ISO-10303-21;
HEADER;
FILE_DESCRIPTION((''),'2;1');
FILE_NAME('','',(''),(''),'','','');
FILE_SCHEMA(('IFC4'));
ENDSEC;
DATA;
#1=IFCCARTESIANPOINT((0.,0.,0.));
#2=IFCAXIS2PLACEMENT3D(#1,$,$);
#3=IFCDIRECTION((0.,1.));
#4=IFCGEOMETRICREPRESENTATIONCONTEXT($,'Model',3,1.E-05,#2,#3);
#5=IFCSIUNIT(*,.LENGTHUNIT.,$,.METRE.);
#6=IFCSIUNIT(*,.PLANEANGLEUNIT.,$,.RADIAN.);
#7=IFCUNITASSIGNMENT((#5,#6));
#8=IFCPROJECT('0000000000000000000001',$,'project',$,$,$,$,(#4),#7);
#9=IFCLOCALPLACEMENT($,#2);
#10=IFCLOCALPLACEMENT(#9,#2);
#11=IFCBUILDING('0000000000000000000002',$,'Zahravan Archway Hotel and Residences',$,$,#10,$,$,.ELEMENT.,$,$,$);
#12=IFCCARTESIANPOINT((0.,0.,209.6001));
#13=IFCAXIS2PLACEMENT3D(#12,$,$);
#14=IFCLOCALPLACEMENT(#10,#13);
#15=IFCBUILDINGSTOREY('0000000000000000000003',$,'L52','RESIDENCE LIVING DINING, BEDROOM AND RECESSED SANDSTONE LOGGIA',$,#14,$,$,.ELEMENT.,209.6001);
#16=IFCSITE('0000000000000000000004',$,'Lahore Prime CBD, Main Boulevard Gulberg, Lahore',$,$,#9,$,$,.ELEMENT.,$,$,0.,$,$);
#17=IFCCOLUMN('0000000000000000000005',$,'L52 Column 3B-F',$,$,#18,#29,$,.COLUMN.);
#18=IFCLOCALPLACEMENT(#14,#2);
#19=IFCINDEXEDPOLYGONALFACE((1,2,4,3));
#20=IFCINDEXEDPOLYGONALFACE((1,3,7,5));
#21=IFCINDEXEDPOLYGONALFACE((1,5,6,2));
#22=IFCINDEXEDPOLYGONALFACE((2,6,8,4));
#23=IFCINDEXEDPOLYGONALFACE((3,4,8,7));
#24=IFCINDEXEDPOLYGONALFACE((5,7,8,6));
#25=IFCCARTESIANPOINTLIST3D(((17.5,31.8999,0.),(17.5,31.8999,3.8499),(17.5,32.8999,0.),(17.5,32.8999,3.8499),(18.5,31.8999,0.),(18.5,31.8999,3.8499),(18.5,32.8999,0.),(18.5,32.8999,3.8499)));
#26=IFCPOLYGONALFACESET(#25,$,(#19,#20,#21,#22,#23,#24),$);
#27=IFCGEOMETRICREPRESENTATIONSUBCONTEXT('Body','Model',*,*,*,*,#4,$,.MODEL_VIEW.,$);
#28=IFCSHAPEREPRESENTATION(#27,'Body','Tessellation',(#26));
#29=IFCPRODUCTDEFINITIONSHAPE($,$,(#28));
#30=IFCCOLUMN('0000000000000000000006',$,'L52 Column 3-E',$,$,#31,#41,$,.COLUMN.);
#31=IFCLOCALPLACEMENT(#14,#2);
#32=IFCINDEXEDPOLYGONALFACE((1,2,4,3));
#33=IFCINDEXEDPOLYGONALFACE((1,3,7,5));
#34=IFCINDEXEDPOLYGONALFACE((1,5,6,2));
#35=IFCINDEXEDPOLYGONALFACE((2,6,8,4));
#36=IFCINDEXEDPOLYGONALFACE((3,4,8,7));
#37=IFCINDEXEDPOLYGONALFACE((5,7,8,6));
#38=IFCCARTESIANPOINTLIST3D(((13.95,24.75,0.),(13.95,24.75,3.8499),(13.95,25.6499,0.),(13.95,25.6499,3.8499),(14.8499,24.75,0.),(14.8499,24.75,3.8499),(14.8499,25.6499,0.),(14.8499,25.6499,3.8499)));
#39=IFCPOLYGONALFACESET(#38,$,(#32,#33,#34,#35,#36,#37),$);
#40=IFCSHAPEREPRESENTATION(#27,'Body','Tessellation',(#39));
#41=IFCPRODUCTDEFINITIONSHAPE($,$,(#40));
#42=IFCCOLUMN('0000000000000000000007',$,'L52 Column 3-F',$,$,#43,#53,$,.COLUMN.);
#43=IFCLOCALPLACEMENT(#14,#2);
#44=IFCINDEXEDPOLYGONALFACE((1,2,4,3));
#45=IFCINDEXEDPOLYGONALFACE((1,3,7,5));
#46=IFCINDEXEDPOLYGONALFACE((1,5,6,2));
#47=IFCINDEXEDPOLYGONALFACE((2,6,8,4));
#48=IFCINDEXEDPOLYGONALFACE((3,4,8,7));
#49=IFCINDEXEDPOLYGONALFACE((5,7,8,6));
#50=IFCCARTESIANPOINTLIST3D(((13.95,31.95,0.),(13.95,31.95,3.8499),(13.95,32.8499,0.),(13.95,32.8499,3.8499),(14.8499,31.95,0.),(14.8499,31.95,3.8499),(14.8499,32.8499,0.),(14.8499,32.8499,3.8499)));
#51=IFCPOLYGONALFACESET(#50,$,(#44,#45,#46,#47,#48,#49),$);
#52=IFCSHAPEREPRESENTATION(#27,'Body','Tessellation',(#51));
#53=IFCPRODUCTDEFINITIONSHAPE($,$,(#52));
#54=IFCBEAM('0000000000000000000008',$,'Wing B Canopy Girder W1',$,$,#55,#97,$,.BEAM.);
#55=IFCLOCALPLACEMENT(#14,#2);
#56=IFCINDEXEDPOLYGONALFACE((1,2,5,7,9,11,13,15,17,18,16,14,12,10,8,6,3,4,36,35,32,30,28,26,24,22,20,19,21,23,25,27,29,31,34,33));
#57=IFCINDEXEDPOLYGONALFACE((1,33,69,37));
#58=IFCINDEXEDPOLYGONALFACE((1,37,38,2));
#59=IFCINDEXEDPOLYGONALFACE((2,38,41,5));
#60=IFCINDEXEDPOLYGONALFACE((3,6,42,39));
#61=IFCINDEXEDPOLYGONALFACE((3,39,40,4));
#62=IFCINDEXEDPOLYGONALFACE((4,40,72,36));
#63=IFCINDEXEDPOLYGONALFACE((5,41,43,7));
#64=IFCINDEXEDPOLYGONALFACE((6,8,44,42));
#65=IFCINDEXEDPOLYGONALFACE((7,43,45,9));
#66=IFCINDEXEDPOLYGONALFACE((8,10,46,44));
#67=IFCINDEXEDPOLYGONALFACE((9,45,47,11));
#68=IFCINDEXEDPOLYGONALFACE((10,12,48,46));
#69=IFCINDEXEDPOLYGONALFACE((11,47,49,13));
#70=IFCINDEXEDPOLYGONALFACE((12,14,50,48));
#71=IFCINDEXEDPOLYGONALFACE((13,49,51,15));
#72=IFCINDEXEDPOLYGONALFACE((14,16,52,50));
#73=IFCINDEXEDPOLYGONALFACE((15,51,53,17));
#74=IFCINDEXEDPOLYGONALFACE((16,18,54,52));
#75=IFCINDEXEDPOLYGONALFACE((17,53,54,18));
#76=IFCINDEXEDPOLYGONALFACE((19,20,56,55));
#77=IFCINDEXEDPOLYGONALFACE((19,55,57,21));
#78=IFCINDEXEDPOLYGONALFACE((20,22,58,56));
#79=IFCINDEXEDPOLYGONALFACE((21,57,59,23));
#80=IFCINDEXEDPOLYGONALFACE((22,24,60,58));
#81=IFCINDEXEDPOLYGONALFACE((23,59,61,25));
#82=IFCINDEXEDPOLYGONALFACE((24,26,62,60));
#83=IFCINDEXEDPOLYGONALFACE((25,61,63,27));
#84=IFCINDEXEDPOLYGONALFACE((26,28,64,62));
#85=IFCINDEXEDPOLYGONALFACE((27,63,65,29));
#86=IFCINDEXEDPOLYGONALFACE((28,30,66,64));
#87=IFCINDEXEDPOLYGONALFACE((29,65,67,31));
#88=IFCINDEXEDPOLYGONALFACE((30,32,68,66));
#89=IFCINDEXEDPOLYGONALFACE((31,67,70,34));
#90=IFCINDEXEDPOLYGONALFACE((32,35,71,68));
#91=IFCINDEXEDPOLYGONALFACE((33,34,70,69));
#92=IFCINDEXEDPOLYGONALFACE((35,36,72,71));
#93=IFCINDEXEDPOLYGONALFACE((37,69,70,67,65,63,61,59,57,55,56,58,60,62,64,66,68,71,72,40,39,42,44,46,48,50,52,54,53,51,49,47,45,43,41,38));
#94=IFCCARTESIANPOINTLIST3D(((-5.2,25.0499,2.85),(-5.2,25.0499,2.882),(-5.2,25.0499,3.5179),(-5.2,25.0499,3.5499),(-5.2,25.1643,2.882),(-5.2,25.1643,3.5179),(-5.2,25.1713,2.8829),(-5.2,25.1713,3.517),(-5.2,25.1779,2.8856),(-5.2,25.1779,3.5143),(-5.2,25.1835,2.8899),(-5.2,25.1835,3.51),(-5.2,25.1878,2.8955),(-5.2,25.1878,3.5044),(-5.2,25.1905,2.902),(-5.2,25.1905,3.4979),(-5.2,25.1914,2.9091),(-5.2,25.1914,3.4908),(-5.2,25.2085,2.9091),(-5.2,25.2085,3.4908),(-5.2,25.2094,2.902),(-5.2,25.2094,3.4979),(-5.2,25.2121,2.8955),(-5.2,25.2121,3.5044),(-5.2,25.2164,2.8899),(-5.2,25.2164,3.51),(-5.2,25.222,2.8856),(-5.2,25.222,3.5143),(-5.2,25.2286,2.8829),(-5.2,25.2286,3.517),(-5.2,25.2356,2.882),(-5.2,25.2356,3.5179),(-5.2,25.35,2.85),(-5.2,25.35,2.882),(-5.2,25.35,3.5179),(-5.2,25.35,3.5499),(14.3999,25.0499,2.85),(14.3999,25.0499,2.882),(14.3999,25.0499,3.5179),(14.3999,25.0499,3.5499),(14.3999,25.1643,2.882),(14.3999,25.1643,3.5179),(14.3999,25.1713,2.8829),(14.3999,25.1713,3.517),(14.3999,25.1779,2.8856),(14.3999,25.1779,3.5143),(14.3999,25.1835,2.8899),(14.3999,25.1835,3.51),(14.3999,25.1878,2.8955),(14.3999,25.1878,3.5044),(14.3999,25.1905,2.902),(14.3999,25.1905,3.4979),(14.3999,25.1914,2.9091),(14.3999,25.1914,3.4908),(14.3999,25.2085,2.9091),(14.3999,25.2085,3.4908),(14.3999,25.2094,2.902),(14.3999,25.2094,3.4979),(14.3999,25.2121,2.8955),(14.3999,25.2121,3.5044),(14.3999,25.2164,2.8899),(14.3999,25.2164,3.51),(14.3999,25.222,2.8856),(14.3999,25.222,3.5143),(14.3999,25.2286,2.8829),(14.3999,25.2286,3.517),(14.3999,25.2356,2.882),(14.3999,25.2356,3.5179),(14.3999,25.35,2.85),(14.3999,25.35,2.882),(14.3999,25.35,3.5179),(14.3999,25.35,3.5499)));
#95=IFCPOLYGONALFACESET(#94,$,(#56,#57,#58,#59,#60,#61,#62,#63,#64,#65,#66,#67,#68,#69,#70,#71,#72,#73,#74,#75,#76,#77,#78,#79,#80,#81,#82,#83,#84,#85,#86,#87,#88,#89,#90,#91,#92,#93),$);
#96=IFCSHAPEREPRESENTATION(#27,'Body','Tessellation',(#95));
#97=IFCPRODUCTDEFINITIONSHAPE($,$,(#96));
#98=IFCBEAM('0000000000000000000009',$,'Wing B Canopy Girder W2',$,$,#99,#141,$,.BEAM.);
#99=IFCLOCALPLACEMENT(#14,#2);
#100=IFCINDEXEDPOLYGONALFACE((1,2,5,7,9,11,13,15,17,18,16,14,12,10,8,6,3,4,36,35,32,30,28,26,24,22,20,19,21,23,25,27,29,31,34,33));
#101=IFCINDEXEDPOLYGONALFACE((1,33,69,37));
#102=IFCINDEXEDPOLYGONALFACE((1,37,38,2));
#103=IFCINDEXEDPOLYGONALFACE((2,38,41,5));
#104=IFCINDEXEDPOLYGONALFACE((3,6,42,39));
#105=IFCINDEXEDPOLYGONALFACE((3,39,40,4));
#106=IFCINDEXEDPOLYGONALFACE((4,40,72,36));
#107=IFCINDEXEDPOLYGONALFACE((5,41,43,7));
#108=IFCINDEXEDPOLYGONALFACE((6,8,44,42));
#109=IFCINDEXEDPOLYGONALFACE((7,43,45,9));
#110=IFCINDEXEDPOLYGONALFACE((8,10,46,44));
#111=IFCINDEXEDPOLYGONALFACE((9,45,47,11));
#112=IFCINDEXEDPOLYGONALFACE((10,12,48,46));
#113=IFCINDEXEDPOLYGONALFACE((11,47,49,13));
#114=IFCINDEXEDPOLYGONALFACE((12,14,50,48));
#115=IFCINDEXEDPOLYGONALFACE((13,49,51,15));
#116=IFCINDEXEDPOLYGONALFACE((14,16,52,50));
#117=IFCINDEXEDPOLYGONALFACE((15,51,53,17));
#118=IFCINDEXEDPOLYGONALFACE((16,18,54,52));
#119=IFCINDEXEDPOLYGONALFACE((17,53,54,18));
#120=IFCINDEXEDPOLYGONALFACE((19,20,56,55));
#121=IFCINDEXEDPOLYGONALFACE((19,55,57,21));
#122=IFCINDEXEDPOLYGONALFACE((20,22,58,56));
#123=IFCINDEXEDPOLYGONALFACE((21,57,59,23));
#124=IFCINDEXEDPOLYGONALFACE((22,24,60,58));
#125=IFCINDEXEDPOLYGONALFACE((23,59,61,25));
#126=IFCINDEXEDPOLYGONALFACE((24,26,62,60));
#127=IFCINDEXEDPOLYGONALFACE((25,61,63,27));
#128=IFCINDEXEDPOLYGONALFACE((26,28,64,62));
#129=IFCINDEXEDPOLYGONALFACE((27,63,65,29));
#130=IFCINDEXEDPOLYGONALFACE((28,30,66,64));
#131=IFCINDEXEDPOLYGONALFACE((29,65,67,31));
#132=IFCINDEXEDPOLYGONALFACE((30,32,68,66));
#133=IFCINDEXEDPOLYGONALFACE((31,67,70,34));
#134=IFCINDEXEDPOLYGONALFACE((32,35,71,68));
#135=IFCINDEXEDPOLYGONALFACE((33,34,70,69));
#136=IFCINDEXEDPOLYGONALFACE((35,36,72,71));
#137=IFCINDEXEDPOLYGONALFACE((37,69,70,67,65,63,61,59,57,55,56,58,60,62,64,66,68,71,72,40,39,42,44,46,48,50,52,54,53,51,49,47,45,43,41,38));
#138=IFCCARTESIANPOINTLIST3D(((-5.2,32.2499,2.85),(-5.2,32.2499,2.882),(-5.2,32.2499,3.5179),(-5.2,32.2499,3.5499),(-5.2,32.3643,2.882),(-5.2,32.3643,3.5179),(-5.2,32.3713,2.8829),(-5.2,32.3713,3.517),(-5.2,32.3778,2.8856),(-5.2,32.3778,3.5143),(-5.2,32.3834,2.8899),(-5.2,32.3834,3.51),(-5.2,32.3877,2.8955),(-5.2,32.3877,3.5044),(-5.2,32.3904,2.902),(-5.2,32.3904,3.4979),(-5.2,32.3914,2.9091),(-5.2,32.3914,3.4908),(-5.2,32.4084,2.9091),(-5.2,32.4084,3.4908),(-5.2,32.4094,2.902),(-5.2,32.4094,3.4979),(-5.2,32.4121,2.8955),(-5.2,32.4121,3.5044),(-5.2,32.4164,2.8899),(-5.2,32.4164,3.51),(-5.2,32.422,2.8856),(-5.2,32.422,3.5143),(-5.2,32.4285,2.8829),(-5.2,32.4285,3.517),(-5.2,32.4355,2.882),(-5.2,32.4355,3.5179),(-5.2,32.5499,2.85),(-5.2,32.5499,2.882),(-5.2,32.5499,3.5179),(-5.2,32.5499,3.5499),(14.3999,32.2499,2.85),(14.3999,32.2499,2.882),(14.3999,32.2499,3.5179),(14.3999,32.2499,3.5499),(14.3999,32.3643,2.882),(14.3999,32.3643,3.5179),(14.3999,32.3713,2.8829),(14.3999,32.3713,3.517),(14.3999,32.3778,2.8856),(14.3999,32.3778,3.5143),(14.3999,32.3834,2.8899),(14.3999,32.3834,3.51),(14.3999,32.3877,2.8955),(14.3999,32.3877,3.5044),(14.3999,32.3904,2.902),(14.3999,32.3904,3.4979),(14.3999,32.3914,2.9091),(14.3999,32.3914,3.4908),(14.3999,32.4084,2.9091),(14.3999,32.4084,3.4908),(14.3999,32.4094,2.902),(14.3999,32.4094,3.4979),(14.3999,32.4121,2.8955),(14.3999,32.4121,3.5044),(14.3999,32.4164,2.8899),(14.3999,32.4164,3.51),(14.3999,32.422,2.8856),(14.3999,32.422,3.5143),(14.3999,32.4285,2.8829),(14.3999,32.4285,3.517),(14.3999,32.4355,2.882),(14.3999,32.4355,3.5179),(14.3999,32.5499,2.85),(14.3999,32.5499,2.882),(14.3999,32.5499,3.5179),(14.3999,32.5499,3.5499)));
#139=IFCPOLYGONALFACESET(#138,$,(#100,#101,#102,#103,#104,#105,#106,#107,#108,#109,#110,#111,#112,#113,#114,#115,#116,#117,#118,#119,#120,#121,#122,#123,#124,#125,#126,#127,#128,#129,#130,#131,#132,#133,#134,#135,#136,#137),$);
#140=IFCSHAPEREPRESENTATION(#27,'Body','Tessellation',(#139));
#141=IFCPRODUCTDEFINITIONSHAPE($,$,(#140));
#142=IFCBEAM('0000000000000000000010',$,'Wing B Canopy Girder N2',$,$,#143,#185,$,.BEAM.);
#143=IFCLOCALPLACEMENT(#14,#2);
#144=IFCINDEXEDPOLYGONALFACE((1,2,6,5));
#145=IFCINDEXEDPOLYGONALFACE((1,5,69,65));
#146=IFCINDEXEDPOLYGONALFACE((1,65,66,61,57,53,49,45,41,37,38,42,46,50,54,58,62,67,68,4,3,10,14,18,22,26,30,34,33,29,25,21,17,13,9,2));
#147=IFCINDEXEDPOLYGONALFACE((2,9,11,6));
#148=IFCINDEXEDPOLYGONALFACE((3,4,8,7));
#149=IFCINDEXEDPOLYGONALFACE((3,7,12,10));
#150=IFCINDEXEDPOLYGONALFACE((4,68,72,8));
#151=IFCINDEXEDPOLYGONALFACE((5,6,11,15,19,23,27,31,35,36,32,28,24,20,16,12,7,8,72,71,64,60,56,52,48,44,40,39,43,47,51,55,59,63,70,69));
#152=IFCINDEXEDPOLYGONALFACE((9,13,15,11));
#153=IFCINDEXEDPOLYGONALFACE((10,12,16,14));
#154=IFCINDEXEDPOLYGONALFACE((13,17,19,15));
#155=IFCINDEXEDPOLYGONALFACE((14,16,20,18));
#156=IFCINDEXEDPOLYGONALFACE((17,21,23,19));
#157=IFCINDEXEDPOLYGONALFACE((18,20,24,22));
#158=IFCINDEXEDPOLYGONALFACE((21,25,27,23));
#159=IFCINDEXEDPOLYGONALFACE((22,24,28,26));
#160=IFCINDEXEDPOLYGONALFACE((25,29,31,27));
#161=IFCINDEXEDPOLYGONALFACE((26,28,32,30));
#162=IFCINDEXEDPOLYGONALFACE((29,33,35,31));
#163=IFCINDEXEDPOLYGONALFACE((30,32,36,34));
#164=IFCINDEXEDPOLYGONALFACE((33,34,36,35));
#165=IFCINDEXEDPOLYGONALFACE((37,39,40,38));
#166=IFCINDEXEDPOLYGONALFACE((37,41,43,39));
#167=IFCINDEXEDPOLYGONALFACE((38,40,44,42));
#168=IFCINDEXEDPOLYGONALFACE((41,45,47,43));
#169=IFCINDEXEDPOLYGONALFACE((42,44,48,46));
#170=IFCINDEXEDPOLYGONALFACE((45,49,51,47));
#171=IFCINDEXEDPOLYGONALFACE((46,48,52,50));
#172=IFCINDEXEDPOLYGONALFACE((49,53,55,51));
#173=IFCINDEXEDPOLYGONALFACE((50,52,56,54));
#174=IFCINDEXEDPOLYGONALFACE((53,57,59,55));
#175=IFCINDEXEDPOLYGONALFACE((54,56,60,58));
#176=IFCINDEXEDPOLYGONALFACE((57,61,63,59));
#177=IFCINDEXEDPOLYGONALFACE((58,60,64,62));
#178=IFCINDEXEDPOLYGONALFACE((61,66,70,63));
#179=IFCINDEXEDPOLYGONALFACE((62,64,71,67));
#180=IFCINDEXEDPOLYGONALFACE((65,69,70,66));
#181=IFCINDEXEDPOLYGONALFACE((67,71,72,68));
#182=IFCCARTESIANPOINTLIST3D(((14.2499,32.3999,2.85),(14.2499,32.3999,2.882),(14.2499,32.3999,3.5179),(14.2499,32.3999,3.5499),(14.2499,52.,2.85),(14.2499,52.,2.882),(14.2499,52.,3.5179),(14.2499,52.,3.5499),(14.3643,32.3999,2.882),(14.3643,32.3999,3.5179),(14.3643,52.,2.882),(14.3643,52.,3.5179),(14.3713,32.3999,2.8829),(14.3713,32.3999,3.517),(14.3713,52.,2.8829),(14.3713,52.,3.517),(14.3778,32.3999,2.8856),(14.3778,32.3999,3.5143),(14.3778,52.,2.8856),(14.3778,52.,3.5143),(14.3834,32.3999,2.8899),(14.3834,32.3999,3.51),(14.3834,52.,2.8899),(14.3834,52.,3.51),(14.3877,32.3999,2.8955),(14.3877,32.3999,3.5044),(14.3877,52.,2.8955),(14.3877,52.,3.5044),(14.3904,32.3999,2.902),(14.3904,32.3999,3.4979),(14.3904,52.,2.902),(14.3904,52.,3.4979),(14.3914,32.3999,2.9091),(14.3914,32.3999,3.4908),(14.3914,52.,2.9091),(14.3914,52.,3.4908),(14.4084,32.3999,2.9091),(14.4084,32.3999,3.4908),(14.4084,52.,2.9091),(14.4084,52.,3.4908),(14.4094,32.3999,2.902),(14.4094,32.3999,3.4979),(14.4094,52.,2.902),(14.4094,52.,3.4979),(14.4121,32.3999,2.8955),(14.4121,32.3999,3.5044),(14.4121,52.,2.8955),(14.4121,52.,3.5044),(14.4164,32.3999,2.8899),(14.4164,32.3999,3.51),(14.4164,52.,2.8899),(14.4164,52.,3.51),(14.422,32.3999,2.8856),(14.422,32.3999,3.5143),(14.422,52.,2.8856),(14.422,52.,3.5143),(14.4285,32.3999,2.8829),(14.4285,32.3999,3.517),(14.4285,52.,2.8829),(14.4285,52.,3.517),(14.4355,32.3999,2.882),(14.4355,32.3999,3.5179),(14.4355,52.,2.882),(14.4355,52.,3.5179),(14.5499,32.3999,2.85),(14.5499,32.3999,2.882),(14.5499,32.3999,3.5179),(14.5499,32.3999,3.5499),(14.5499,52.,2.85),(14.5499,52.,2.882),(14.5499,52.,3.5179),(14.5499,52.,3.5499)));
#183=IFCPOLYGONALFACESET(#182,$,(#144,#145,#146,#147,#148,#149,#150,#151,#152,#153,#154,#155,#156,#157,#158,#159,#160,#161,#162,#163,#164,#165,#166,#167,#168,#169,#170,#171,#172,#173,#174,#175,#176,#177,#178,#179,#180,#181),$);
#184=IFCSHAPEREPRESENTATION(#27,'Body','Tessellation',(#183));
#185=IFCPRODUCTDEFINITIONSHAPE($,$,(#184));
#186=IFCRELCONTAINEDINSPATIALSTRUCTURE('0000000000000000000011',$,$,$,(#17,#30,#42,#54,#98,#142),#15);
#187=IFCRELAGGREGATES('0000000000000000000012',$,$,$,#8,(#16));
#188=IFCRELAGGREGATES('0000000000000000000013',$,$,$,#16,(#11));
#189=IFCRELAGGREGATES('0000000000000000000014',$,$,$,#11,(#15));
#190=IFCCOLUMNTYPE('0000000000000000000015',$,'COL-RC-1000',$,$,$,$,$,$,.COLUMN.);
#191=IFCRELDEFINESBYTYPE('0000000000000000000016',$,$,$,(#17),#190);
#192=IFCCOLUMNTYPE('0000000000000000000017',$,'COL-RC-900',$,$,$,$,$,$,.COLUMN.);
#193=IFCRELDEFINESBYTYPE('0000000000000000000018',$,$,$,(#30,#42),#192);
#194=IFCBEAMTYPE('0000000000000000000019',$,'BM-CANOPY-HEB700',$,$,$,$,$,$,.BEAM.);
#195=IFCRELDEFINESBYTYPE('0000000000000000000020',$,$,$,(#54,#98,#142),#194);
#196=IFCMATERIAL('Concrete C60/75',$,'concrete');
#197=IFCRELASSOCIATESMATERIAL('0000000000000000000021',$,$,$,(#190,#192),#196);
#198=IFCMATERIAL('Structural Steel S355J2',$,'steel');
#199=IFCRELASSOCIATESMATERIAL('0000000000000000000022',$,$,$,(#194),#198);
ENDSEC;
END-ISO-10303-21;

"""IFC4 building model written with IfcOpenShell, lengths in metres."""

from ifc_helpers import new_model, si_unit, direction, frame, origin, origin_2d, place, context, subcontext, project, spatial, rectangle, i_section, extrude, source, transform, mapped, material, material_profile, profile_set, type_object, type_shapes, element, save


model = new_model("IFC4")

# Units and contexts
model_context = context("Model", 3, precision=1e-05, world=origin(), true_north=direction((0.0, 1.0)))
body_context = subcontext(model_context, "Body", "Model", "MODEL_VIEW")
ifc_project = project(units=[si_unit("LENGTHUNIT", "METRE"), si_unit("PLANEANGLEUNIT", "RADIAN")], contexts=[model_context])

# Site, building, storey
site_placement = place(None, origin())
site = spatial("IfcSite", under=ifc_project, at=site_placement, Name="Lahore Prime CBD, Main Boulevard Gulberg, Lahore", CompositionType="ELEMENT", RefElevation=0.0)
building_placement = place(site_placement, origin())
building = spatial("IfcBuilding", under=site, at=building_placement, Name="Zahravan Archway Hotel and Residences", CompositionType="ELEMENT")
storey_placement = place(building_placement, frame((0.0, 0.0, 209.6001)))
storey = spatial("IfcBuildingStorey", under=building, at=storey_placement, Name="L52", Description="RESIDENCE LIVING DINING, BEDROOM AND RECESSED SANDSTONE LOGGIA", CompositionType="ELEMENT", Elevation=209.6001)

# Columns
ifc_material_1 = material(Name="Concrete C60/75", Category="concrete")
ifc_material_profile_1 = material_profile(ifc_material_1, rectangle(XDim=1.0, YDim=1.0, at=origin_2d()), Name="RC-COL-1000x1000", Category="concrete")
ifc_profile_set_1 = profile_set([ifc_material_profile_1], Name="Concrete C60/75")
column_type_1 = type_object("IfcColumnType", Name="COL-RC-1000", PredefinedType="COLUMN", material=ifc_profile_set_1)
shared_shape_1 = source(origin(), body_context, "Body", "SweptSolid", [
    extrude(rectangle(XDim=1.0, YDim=1.0, at=origin_2d()), origin(), (0.0, 0.0, 1.0), 3.8499),
])
column_placement = place(storey_placement, frame((18.0, 32.3999, 0.0), z_axis=(0.0, 0.0, 1.0), x_axis=(1.0, 0.0, 0.0)))
element("IfcColumn", 1, at=column_placement, inside=storey, type_object=column_type_1, Name="L52 Column 3B-F", PredefinedType="COLUMN", context=body_context, shape_type="MappedRepresentation", body=[
    mapped(shared_shape_1, transform((0.0, 0.0, 0.0), scale=1.0)),
])
ifc_material_profile_2 = material_profile(ifc_material_1, rectangle(XDim=0.8999, YDim=0.8999, at=origin_2d()), Name="RC-COL-900x900", Category="concrete")
ifc_profile_set_2 = profile_set([ifc_material_profile_2], Name="Concrete C60/75")
column_type_2 = type_object("IfcColumnType", Name="COL-RC-900", PredefinedType="COLUMN", material=ifc_profile_set_2)
shared_shape_2 = source(origin(), body_context, "Body", "SweptSolid", [
    extrude(rectangle(XDim=0.8999, YDim=0.8999, at=origin_2d()), origin(), (0.0, 0.0, 1.0), 3.8499),
])
for number, where, z_axis, x_axis, name in (
    (2, (14.3999, 25.2, 0.0), (0.0, 0.0, 1.0), (1.0, 0.0, 0.0), "L52 Column 3-E"),
    (3, (14.3999, 32.3999, 0.0), (0.0, 0.0, 1.0), (1.0, 0.0, 0.0), "L52 Column 3-F"),
):
    element("IfcColumn", number, at=place(storey_placement, frame(where, z_axis=z_axis, x_axis=x_axis)), inside=storey, type_object=column_type_2, Name=name, PredefinedType="COLUMN", context=body_context, shape_type="MappedRepresentation", body=[
        mapped(shared_shape_2, transform((0.0, 0.0, 0.0), scale=1.0)),
    ])

# Beams
ifc_material_2 = material(Name="Structural Steel S355J2", Category="steel")
ifc_material_profile_3 = material_profile(ifc_material_2, i_section(OverallWidth=0.3, OverallDepth=0.7, WebThickness=0.0171, FlangeThickness=0.032, FilletRadius=0.0271, at=origin_2d()), Name="HEB 700", Category="steel")
ifc_profile_set_3 = profile_set([ifc_material_profile_3], Name="Structural Steel S355J2")
beam_type = type_object("IfcBeamType", Name="BM-CANOPY-HEB700", PredefinedType="BEAM", material=ifc_profile_set_3)
shared_shape_3 = source(origin(), body_context, "Body", "SweptSolid", [
    extrude(i_section(OverallWidth=0.3, OverallDepth=0.7, WebThickness=0.0171, FlangeThickness=0.032, FilletRadius=0.0271, at=origin_2d()), origin(), (0.0, 0.0, 1.0), 19.5999),
])
type_shapes(beam_type, [shared_shape_3])
for number, where, z_axis, x_axis, name in (
    (4, (14.3999, 25.2, 3.2), (-1.0, 0.0, 0.0), (0.0, -1.0, 0.0), "Wing B Canopy Girder W1"),
    (5, (14.3999, 32.3999, 3.2), (-1.0, 0.0, 0.0), (0.0, -1.0, 0.0), "Wing B Canopy Girder W2"),
):
    element("IfcBeam", number, at=place(storey_placement, frame(where, z_axis=z_axis, x_axis=x_axis)), inside=storey, type_object=beam_type, Name=name, PredefinedType="BEAM", context=body_context, shape_type="MappedRepresentation", body=[
        mapped(shared_shape_3, transform((0.0, 0.0, 0.0), scale=1.0)),
    ])
shared_shape_4 = source(origin(), body_context, "Body", "SweptSolid", [
    extrude(i_section(OverallWidth=0.3, OverallDepth=0.7, WebThickness=0.0171, FlangeThickness=0.032, FilletRadius=0.0271, at=origin_2d()), origin(), (0.0, 0.0, 1.0), 19.6001),
])
beam_placement = place(storey_placement, frame((14.3999, 32.3999, 3.2), z_axis=(0.0, 1.0, 0.0), x_axis=(-1.0, 0.0, 0.0)))
element("IfcBeam", 6, at=beam_placement, inside=storey, type_object=beam_type, Name="Wing B Canopy Girder N2", PredefinedType="BEAM", context=body_context, shape_type="MappedRepresentation", body=[
    mapped(shared_shape_4, transform((0.0, 0.0, 0.0), scale=1.0)),
])

save(model, "model.ifc")
